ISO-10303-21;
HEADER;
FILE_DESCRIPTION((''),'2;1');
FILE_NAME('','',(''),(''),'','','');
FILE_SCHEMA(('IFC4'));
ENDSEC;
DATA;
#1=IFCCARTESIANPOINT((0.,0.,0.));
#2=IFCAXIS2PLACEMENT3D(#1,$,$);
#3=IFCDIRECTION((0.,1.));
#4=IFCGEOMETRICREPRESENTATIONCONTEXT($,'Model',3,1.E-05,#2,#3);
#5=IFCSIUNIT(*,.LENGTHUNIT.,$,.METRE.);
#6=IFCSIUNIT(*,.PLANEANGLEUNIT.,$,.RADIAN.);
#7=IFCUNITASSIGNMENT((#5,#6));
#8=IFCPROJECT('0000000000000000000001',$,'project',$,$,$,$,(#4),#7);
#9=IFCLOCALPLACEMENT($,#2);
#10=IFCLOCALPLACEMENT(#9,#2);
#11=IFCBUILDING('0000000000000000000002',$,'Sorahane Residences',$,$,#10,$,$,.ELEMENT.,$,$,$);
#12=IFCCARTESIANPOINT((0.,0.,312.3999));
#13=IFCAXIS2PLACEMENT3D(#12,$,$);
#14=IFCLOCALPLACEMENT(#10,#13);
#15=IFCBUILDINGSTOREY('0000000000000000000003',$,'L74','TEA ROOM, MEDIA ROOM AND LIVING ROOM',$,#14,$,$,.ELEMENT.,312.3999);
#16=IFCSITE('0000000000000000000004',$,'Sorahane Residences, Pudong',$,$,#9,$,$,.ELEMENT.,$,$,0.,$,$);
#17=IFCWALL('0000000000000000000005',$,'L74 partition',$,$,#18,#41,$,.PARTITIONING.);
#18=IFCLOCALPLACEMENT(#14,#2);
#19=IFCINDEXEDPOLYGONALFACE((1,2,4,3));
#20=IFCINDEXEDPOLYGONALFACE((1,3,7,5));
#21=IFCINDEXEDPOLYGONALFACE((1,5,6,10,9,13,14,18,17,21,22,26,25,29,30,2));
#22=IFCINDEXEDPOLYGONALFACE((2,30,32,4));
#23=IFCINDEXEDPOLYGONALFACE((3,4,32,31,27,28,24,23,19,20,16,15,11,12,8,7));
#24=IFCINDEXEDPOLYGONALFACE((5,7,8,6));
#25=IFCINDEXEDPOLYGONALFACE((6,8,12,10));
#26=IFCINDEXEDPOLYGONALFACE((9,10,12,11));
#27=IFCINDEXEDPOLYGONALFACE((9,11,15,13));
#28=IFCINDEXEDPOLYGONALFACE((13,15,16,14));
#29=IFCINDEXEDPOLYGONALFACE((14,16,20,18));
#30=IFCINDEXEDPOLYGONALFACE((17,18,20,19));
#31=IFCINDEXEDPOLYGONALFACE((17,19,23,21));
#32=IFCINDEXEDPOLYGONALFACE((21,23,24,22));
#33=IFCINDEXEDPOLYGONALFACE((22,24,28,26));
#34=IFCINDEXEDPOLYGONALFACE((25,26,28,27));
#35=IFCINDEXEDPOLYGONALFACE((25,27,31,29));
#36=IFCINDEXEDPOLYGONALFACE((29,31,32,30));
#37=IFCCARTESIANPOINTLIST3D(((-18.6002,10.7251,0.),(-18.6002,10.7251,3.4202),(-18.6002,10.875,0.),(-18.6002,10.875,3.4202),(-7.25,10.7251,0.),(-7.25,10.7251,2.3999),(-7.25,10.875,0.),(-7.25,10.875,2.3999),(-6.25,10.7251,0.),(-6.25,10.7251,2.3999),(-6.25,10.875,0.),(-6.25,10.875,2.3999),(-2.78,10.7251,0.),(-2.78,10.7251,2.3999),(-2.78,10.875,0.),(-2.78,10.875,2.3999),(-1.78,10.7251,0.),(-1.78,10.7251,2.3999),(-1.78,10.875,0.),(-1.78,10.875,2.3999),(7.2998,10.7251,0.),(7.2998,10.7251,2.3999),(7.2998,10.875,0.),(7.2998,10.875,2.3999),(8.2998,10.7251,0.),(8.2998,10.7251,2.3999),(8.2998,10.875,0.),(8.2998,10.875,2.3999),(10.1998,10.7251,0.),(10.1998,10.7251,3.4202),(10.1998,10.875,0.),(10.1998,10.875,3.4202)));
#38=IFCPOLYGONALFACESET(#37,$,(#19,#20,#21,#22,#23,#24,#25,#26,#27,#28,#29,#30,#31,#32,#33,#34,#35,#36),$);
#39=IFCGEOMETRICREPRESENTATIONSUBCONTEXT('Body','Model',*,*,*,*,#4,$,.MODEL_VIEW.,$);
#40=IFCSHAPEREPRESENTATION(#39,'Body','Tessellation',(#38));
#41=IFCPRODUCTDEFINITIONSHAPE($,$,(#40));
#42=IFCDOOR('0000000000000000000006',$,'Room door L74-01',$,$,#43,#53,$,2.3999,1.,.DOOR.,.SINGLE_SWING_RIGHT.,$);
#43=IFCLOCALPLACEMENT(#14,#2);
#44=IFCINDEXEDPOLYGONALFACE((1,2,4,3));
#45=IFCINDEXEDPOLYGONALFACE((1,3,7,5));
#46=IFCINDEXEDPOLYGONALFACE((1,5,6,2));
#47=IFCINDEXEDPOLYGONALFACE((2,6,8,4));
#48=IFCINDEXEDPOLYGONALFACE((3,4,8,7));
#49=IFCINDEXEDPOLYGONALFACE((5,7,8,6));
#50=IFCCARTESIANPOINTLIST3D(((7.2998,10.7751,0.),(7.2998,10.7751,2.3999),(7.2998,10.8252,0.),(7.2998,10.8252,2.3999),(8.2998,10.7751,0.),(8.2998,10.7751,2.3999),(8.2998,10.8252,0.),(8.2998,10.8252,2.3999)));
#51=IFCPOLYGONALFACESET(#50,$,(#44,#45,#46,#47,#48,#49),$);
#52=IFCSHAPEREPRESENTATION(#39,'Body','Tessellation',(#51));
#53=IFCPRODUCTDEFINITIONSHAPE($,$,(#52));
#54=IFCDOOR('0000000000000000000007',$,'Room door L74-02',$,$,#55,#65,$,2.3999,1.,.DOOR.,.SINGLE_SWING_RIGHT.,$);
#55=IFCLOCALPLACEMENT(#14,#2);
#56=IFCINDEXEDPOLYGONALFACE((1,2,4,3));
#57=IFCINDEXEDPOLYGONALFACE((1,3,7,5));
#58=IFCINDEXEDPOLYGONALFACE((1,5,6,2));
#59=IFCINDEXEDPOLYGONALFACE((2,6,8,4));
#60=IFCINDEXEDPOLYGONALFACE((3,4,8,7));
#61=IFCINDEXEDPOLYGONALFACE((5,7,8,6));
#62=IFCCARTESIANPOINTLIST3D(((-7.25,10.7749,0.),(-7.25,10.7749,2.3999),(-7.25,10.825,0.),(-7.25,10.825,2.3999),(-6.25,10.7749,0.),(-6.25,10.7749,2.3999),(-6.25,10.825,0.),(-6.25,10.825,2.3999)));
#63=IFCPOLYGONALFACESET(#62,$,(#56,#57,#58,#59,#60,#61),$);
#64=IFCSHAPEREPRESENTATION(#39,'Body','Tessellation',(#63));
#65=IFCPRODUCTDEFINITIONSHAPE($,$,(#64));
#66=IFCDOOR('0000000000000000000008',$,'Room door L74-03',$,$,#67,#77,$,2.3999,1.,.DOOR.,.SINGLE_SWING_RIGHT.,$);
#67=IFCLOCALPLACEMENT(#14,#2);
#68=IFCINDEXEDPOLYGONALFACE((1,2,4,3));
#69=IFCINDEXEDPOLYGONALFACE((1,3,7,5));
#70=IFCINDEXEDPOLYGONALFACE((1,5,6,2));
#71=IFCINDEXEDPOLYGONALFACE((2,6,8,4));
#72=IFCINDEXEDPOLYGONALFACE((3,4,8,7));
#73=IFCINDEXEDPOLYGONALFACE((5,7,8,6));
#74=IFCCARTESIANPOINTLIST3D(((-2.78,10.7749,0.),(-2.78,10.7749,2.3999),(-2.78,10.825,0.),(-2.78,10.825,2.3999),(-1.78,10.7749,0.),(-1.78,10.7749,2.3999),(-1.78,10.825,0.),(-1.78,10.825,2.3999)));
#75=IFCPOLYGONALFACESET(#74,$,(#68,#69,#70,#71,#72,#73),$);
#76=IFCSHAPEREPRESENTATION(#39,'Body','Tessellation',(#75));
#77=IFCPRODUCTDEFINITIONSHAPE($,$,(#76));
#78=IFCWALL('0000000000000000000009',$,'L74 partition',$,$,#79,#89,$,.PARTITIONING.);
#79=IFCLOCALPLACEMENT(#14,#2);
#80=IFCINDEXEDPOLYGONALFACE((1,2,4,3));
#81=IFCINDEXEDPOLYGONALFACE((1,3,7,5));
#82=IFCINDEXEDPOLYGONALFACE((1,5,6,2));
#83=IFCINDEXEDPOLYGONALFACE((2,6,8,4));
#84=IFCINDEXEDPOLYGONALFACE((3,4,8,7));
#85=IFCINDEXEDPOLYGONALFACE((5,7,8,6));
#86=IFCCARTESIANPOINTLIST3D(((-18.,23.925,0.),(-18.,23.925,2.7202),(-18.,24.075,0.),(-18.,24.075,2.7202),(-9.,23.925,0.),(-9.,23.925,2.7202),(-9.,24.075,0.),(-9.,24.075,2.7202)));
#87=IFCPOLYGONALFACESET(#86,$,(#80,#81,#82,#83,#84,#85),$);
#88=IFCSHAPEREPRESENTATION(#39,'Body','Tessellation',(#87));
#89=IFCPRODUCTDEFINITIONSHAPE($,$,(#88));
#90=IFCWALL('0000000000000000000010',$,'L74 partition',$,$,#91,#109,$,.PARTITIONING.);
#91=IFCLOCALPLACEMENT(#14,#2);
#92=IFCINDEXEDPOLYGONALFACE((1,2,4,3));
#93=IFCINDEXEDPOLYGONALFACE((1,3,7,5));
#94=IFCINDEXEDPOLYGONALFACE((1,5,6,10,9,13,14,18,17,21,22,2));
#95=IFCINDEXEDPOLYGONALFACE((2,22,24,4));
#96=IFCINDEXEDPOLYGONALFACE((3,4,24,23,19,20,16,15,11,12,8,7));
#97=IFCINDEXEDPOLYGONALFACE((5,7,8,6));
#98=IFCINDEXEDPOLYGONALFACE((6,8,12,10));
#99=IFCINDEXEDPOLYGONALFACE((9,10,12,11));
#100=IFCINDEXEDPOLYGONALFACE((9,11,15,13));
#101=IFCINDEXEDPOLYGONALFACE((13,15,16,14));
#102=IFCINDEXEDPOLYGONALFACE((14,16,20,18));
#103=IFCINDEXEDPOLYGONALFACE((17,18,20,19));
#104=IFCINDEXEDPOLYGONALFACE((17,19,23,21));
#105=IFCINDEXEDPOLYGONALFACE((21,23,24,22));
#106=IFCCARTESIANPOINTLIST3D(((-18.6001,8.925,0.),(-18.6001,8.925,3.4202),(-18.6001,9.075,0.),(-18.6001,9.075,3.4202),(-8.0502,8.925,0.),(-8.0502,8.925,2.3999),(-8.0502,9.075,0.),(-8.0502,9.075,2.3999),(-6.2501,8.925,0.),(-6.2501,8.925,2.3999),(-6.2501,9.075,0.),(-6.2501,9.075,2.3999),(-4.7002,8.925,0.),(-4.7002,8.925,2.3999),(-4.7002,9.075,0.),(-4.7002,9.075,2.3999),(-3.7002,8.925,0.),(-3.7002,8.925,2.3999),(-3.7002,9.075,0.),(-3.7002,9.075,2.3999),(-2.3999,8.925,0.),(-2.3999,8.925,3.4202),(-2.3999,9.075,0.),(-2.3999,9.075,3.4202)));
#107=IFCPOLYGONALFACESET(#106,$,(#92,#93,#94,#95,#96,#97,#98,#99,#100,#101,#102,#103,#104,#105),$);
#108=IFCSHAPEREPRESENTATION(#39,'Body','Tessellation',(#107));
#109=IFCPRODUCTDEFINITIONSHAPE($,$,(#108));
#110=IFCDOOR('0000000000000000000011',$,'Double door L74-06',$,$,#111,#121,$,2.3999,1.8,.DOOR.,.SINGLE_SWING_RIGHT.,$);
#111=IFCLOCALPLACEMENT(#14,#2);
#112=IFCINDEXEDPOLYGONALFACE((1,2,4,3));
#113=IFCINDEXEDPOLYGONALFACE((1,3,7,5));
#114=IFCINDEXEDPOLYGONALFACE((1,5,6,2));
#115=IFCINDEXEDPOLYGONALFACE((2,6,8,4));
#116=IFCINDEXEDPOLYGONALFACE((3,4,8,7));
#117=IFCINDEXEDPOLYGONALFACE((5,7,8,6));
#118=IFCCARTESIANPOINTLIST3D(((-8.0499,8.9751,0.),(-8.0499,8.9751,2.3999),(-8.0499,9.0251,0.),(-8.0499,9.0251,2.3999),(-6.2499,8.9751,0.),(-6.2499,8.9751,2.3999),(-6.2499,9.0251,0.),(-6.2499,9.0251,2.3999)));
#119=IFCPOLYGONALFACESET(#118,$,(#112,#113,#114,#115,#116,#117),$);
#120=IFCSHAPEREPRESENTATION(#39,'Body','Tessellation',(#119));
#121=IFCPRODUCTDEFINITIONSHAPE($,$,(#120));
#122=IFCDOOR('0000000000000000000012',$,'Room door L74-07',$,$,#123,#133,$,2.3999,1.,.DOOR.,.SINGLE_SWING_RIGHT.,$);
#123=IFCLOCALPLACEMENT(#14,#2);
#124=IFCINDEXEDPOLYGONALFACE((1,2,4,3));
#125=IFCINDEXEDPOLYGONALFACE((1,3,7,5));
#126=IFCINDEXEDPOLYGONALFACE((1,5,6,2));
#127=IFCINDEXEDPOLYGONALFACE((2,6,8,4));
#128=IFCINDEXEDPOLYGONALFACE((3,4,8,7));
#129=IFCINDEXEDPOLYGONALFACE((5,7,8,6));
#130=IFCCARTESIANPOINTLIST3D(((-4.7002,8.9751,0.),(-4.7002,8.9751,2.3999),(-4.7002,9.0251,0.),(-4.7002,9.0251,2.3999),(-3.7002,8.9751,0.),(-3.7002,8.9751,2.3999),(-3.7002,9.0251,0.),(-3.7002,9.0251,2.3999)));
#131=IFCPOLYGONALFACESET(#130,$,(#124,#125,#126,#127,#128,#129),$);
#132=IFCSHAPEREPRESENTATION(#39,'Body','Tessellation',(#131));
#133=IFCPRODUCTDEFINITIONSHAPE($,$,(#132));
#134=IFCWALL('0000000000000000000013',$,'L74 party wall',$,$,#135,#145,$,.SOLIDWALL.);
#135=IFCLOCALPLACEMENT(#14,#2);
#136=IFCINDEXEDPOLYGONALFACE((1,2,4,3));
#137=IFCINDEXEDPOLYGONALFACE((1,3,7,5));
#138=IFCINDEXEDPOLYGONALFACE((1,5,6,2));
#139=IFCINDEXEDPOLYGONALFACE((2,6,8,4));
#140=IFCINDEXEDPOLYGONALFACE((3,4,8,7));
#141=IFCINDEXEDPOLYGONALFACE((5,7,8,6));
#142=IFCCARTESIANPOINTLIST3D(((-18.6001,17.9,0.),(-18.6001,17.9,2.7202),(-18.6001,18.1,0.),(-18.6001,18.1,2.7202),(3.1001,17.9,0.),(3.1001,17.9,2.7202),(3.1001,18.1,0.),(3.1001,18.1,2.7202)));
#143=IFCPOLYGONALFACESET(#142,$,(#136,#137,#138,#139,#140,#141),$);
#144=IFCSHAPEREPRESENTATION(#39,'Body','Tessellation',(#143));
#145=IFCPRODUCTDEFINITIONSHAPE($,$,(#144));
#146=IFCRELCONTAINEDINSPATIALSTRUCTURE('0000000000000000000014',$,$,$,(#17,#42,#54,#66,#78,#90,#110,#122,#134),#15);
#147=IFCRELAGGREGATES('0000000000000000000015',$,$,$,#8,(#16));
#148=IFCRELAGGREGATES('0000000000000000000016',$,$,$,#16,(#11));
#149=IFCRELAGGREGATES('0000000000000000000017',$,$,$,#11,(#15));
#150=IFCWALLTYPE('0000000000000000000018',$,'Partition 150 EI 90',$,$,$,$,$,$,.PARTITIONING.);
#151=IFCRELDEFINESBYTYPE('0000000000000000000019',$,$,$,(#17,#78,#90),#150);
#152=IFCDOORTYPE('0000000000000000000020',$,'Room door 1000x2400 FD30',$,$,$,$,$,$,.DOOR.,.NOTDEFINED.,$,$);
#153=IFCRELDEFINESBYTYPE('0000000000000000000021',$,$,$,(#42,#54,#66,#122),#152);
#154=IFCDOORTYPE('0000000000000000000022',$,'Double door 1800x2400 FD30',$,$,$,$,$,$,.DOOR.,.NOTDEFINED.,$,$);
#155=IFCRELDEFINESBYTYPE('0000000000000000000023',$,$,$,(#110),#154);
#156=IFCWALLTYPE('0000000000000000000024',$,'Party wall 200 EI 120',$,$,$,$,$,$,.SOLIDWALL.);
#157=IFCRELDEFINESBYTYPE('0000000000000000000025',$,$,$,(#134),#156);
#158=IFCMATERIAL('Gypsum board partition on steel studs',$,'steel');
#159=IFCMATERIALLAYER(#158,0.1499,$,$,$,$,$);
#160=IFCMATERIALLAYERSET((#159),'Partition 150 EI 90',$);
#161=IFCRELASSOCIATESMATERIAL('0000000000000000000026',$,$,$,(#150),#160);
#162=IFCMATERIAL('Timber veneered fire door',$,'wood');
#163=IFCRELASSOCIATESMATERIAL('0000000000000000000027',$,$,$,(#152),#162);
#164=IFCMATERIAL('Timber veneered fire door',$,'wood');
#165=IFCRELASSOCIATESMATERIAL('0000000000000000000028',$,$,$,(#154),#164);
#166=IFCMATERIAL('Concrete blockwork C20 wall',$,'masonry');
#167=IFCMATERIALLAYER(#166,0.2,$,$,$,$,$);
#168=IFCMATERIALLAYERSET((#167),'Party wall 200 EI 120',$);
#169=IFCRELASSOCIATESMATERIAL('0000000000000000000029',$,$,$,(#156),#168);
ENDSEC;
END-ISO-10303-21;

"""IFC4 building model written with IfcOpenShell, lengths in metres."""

from ifc_helpers import new_model, si_unit, direction, frame, frame_2d, origin, place, context, subcontext, project, spatial, rectangle, extrude, material, layer, layer_set, type_object, element, fill, save


model = new_model("IFC4")

# Units and contexts
model_context = context("Model", 3, precision=1e-05, world=origin(), true_north=direction((0.0, 1.0)))
body_context = subcontext(model_context, "Body", "Model", "MODEL_VIEW")
ifc_project = project(units=[si_unit("LENGTHUNIT", "METRE"), si_unit("PLANEANGLEUNIT", "RADIAN")], contexts=[model_context])

# Site, building, storey
site_placement = place(None, origin())
site = spatial("IfcSite", under=ifc_project, at=site_placement, Name="Sorahane Residences, Pudong", CompositionType="ELEMENT", RefElevation=0.0)
building_placement = place(site_placement, origin())
building = spatial("IfcBuilding", under=site, at=building_placement, Name="Sorahane Residences", CompositionType="ELEMENT")
storey_placement = place(building_placement, frame((0.0, 0.0, 312.3999)))
storey = spatial("IfcBuildingStorey", under=building, at=storey_placement, Name="L74", Description="TEA ROOM, MEDIA ROOM AND LIVING ROOM", CompositionType="ELEMENT", Elevation=312.3999)

# Wall, openings, doors
ifc_material_1 = material(Name="Gypsum board partition on steel studs", Category="steel")
ifc_layer_1 = layer(ifc_material_1, 0.1499)
ifc_layer_set_1 = layer_set([ifc_layer_1], Name="Partition 150 EI 90")
wall_type_1 = type_object("IfcWallType", Name="Partition 150 EI 90", PredefinedType="PARTITIONING", material=ifc_layer_set_1)
wall_1_placement = place(storey_placement, frame((-18.6001, 10.8, 0.0), z_axis=(0.0, 0.0, 1.0), x_axis=(1.0, 0.0, 0.0)))
wall_1 = element("IfcWall", 1, at=wall_1_placement, inside=storey, type_object=wall_type_1, Name="L74 partition", PredefinedType="PARTITIONING", context=body_context, shape_type="SweptSolid", body=[
    extrude(rectangle(XDim=28.8, YDim=0.1499, at=frame_2d((14.3999, 0.0))), origin(), (0.0, 0.0, 1.0), 3.4202),
])
opening_1_placement = place(wall_1_placement, frame((25.8999, 0.0, 0.0)))
opening_1 = element("IfcOpeningElement", 2, at=opening_1_placement, cuts=wall_1, PredefinedType="OPENING", context=body_context, shape_type="SweptSolid", body=[
    extrude(rectangle(XDim=1.0, YDim=2.3999, at=frame_2d((0.5, 1.2))), frame((0.0, 0.085, 0.0), z_axis=(0.0, -1.0, 0.0), x_axis=(1.0, 0.0, 0.0)), (0.0, 0.0, 1.0), 0.1699),
])
opening_2_placement = place(wall_1_placement, frame((11.3501, 0.0, 0.0)))
opening_2 = element("IfcOpeningElement", 3, at=opening_2_placement, cuts=wall_1, PredefinedType="OPENING", context=body_context, shape_type="SweptSolid", body=[
    extrude(rectangle(XDim=1.0, YDim=2.3999, at=frame_2d((0.5, 1.2))), frame((0.0, 0.085, 0.0), z_axis=(0.0, -1.0, 0.0), x_axis=(1.0, 0.0, 0.0)), (0.0, 0.0, 1.0), 0.1699),
])
opening_3_placement = place(wall_1_placement, frame((15.8201, 0.0, 0.0)))
opening_3 = element("IfcOpeningElement", 4, at=opening_3_placement, cuts=wall_1, PredefinedType="OPENING", context=body_context, shape_type="SweptSolid", body=[
    extrude(rectangle(XDim=1.0, YDim=2.3999, at=frame_2d((0.5, 1.2))), frame((0.0, 0.085, 0.0), z_axis=(0.0, -1.0, 0.0), x_axis=(1.0, 0.0, 0.0)), (0.0, 0.0, 1.0), 0.1699),
])
ifc_material_2 = material(Name="Timber veneered fire door", Category="wood")
door_type_1 = type_object("IfcDoorType", Name="Room door 1000x2400 FD30", OperationType="NOTDEFINED", PredefinedType="DOOR", material=ifc_material_2)
door_1_placement = place(opening_1_placement, frame((1.0, 0.0, 0.0), z_axis=(0.0, 0.0, 1.0), x_axis=(-1.0, 0.0, 0.0)))
door_1 = element("IfcDoor", 5, at=door_1_placement, inside=storey, type_object=door_type_1, Name="Room door L74-01", OperationType="SINGLE_SWING_RIGHT", OverallHeight=2.3999, OverallWidth=1.0, PredefinedType="DOOR", context=body_context, shape_type="SweptSolid", body=[
    extrude(rectangle(XDim=1.0, YDim=2.3999, at=frame_2d((0.5, 1.2))), frame((0.0, 0.0249, 0.0), z_axis=(0.0, -1.0, 0.0), x_axis=(1.0, 0.0, 0.0)), (0.0, 0.0, 1.0), 0.05),
])
fill(opening_1, door_1)
door_2_placement = place(opening_2_placement, origin())
door_2 = element("IfcDoor", 6, at=door_2_placement, inside=storey, type_object=door_type_1, Name="Room door L74-02", OperationType="SINGLE_SWING_RIGHT", OverallHeight=2.3999, OverallWidth=1.0, PredefinedType="DOOR", context=body_context, shape_type="SweptSolid", body=[
    extrude(rectangle(XDim=1.0, YDim=2.3999, at=frame_2d((0.5, 1.2))), frame((0.0, 0.0249, 0.0), z_axis=(0.0, -1.0, 0.0), x_axis=(1.0, 0.0, 0.0)), (0.0, 0.0, 1.0), 0.05),
])
fill(opening_2, door_2)
door_3_placement = place(opening_3_placement, origin())
door_3 = element("IfcDoor", 7, at=door_3_placement, inside=storey, type_object=door_type_1, Name="Room door L74-03", OperationType="SINGLE_SWING_RIGHT", OverallHeight=2.3999, OverallWidth=1.0, PredefinedType="DOOR", context=body_context, shape_type="SweptSolid", body=[
    extrude(rectangle(XDim=1.0, YDim=2.3999, at=frame_2d((0.5, 1.2))), frame((0.0, 0.0249, 0.0), z_axis=(0.0, -1.0, 0.0), x_axis=(1.0, 0.0, 0.0)), (0.0, 0.0, 1.0), 0.05),
])
fill(opening_3, door_3)

# Wall
wall_2_placement = place(storey_placement, frame((-18.0, 24.0, 0.0), z_axis=(0.0, 0.0, 1.0), x_axis=(1.0, 0.0, 0.0)))
element("IfcWall", 8, at=wall_2_placement, inside=storey, type_object=wall_type_1, Name="L74 partition", PredefinedType="PARTITIONING", context=body_context, shape_type="SweptSolid", body=[
    extrude(rectangle(XDim=9.0, YDim=0.1499, at=frame_2d((4.5, 0.0))), origin(), (0.0, 0.0, 1.0), 2.7202),
])

# Wall, openings, doors
wall_3_placement = place(storey_placement, frame((-18.6001, 9.0, 0.0), z_axis=(0.0, 0.0, 1.0), x_axis=(1.0, 0.0, 0.0)))
wall_3 = element("IfcWall", 9, at=wall_3_placement, inside=storey, type_object=wall_type_1, Name="L74 partition", PredefinedType="PARTITIONING", context=body_context, shape_type="SweptSolid", body=[
    extrude(rectangle(XDim=16.2002, YDim=0.1499, at=frame_2d((8.1001, 0.0))), origin(), (0.0, 0.0, 1.0), 3.4202),
])
opening_4_placement = place(wall_3_placement, frame((10.55, 0.0, 0.0)))
opening_4 = element("IfcOpeningElement", 10, at=opening_4_placement, cuts=wall_3, PredefinedType="OPENING", context=body_context, shape_type="SweptSolid", body=[
    extrude(rectangle(XDim=1.8, YDim=2.3999, at=frame_2d((0.8999, 1.2))), frame((0.0, 0.085, 0.0), z_axis=(0.0, -1.0, 0.0), x_axis=(1.0, 0.0, 0.0)), (0.0, 0.0, 1.0), 0.1699),
])
opening_5_placement = place(wall_3_placement, frame((13.8999, 0.0, 0.0)))
opening_5 = element("IfcOpeningElement", 11, at=opening_5_placement, cuts=wall_3, PredefinedType="OPENING", context=body_context, shape_type="SweptSolid", body=[
    extrude(rectangle(XDim=1.0, YDim=2.3999, at=frame_2d((0.5, 1.2))), frame((0.0, 0.085, 0.0), z_axis=(0.0, -1.0, 0.0), x_axis=(1.0, 0.0, 0.0)), (0.0, 0.0, 1.0), 0.1699),
])
ifc_material_3 = material(Name="Timber veneered fire door", Category="wood")
door_type_2 = type_object("IfcDoorType", Name="Double door 1800x2400 FD30", OperationType="NOTDEFINED", PredefinedType="DOOR", material=ifc_material_3)
door_4_placement = place(opening_4_placement, frame((1.8, 0.0, 0.0), z_axis=(0.0, 0.0, 1.0), x_axis=(-1.0, 0.0, 0.0)))
door_4 = element("IfcDoor", 12, at=door_4_placement, inside=storey, type_object=door_type_2, Name="Double door L74-06", OperationType="SINGLE_SWING_RIGHT", OverallHeight=2.3999, OverallWidth=1.8, PredefinedType="DOOR", context=body_context, shape_type="SweptSolid", body=[
    extrude(rectangle(XDim=1.8, YDim=2.3999, at=frame_2d((0.8999, 1.2))), frame((0.0, 0.0249, 0.0), z_axis=(0.0, -1.0, 0.0), x_axis=(1.0, 0.0, 0.0)), (0.0, 0.0, 1.0), 0.05),
])
fill(opening_4, door_4)
door_5_placement = place(opening_5_placement, frame((1.0, 0.0, 0.0), z_axis=(0.0, 0.0, 1.0), x_axis=(-1.0, 0.0, 0.0)))
door_5 = element("IfcDoor", 13, at=door_5_placement, inside=storey, type_object=door_type_1, Name="Room door L74-07", OperationType="SINGLE_SWING_RIGHT", OverallHeight=2.3999, OverallWidth=1.0, PredefinedType="DOOR", context=body_context, shape_type="SweptSolid", body=[
    extrude(rectangle(XDim=1.0, YDim=2.3999, at=frame_2d((0.5, 1.2))), frame((0.0, 0.0249, 0.0), z_axis=(0.0, -1.0, 0.0), x_axis=(1.0, 0.0, 0.0)), (0.0, 0.0, 1.0), 0.05),
])
fill(opening_5, door_5)

# Wall
ifc_material_4 = material(Name="Concrete blockwork C20 wall", Category="masonry")
ifc_layer_2 = layer(ifc_material_4, 0.2)
ifc_layer_set_2 = layer_set([ifc_layer_2], Name="Party wall 200 EI 120")
wall_type_2 = type_object("IfcWallType", Name="Party wall 200 EI 120", PredefinedType="SOLIDWALL", material=ifc_layer_set_2)
wall_4_placement = place(storey_placement, frame((-18.6001, 18.0, 0.0), z_axis=(0.0, 0.0, 1.0), x_axis=(1.0, 0.0, 0.0)))
element("IfcWall", 14, at=wall_4_placement, inside=storey, type_object=wall_type_2, Name="L74 party wall", PredefinedType="SOLIDWALL", context=body_context, shape_type="SweptSolid", body=[
    extrude(rectangle(XDim=21.7002, YDim=0.2, at=frame_2d((10.8501, 0.0))), origin(), (0.0, 0.0, 1.0), 2.7202),
])

save(model, "model.ifc")
